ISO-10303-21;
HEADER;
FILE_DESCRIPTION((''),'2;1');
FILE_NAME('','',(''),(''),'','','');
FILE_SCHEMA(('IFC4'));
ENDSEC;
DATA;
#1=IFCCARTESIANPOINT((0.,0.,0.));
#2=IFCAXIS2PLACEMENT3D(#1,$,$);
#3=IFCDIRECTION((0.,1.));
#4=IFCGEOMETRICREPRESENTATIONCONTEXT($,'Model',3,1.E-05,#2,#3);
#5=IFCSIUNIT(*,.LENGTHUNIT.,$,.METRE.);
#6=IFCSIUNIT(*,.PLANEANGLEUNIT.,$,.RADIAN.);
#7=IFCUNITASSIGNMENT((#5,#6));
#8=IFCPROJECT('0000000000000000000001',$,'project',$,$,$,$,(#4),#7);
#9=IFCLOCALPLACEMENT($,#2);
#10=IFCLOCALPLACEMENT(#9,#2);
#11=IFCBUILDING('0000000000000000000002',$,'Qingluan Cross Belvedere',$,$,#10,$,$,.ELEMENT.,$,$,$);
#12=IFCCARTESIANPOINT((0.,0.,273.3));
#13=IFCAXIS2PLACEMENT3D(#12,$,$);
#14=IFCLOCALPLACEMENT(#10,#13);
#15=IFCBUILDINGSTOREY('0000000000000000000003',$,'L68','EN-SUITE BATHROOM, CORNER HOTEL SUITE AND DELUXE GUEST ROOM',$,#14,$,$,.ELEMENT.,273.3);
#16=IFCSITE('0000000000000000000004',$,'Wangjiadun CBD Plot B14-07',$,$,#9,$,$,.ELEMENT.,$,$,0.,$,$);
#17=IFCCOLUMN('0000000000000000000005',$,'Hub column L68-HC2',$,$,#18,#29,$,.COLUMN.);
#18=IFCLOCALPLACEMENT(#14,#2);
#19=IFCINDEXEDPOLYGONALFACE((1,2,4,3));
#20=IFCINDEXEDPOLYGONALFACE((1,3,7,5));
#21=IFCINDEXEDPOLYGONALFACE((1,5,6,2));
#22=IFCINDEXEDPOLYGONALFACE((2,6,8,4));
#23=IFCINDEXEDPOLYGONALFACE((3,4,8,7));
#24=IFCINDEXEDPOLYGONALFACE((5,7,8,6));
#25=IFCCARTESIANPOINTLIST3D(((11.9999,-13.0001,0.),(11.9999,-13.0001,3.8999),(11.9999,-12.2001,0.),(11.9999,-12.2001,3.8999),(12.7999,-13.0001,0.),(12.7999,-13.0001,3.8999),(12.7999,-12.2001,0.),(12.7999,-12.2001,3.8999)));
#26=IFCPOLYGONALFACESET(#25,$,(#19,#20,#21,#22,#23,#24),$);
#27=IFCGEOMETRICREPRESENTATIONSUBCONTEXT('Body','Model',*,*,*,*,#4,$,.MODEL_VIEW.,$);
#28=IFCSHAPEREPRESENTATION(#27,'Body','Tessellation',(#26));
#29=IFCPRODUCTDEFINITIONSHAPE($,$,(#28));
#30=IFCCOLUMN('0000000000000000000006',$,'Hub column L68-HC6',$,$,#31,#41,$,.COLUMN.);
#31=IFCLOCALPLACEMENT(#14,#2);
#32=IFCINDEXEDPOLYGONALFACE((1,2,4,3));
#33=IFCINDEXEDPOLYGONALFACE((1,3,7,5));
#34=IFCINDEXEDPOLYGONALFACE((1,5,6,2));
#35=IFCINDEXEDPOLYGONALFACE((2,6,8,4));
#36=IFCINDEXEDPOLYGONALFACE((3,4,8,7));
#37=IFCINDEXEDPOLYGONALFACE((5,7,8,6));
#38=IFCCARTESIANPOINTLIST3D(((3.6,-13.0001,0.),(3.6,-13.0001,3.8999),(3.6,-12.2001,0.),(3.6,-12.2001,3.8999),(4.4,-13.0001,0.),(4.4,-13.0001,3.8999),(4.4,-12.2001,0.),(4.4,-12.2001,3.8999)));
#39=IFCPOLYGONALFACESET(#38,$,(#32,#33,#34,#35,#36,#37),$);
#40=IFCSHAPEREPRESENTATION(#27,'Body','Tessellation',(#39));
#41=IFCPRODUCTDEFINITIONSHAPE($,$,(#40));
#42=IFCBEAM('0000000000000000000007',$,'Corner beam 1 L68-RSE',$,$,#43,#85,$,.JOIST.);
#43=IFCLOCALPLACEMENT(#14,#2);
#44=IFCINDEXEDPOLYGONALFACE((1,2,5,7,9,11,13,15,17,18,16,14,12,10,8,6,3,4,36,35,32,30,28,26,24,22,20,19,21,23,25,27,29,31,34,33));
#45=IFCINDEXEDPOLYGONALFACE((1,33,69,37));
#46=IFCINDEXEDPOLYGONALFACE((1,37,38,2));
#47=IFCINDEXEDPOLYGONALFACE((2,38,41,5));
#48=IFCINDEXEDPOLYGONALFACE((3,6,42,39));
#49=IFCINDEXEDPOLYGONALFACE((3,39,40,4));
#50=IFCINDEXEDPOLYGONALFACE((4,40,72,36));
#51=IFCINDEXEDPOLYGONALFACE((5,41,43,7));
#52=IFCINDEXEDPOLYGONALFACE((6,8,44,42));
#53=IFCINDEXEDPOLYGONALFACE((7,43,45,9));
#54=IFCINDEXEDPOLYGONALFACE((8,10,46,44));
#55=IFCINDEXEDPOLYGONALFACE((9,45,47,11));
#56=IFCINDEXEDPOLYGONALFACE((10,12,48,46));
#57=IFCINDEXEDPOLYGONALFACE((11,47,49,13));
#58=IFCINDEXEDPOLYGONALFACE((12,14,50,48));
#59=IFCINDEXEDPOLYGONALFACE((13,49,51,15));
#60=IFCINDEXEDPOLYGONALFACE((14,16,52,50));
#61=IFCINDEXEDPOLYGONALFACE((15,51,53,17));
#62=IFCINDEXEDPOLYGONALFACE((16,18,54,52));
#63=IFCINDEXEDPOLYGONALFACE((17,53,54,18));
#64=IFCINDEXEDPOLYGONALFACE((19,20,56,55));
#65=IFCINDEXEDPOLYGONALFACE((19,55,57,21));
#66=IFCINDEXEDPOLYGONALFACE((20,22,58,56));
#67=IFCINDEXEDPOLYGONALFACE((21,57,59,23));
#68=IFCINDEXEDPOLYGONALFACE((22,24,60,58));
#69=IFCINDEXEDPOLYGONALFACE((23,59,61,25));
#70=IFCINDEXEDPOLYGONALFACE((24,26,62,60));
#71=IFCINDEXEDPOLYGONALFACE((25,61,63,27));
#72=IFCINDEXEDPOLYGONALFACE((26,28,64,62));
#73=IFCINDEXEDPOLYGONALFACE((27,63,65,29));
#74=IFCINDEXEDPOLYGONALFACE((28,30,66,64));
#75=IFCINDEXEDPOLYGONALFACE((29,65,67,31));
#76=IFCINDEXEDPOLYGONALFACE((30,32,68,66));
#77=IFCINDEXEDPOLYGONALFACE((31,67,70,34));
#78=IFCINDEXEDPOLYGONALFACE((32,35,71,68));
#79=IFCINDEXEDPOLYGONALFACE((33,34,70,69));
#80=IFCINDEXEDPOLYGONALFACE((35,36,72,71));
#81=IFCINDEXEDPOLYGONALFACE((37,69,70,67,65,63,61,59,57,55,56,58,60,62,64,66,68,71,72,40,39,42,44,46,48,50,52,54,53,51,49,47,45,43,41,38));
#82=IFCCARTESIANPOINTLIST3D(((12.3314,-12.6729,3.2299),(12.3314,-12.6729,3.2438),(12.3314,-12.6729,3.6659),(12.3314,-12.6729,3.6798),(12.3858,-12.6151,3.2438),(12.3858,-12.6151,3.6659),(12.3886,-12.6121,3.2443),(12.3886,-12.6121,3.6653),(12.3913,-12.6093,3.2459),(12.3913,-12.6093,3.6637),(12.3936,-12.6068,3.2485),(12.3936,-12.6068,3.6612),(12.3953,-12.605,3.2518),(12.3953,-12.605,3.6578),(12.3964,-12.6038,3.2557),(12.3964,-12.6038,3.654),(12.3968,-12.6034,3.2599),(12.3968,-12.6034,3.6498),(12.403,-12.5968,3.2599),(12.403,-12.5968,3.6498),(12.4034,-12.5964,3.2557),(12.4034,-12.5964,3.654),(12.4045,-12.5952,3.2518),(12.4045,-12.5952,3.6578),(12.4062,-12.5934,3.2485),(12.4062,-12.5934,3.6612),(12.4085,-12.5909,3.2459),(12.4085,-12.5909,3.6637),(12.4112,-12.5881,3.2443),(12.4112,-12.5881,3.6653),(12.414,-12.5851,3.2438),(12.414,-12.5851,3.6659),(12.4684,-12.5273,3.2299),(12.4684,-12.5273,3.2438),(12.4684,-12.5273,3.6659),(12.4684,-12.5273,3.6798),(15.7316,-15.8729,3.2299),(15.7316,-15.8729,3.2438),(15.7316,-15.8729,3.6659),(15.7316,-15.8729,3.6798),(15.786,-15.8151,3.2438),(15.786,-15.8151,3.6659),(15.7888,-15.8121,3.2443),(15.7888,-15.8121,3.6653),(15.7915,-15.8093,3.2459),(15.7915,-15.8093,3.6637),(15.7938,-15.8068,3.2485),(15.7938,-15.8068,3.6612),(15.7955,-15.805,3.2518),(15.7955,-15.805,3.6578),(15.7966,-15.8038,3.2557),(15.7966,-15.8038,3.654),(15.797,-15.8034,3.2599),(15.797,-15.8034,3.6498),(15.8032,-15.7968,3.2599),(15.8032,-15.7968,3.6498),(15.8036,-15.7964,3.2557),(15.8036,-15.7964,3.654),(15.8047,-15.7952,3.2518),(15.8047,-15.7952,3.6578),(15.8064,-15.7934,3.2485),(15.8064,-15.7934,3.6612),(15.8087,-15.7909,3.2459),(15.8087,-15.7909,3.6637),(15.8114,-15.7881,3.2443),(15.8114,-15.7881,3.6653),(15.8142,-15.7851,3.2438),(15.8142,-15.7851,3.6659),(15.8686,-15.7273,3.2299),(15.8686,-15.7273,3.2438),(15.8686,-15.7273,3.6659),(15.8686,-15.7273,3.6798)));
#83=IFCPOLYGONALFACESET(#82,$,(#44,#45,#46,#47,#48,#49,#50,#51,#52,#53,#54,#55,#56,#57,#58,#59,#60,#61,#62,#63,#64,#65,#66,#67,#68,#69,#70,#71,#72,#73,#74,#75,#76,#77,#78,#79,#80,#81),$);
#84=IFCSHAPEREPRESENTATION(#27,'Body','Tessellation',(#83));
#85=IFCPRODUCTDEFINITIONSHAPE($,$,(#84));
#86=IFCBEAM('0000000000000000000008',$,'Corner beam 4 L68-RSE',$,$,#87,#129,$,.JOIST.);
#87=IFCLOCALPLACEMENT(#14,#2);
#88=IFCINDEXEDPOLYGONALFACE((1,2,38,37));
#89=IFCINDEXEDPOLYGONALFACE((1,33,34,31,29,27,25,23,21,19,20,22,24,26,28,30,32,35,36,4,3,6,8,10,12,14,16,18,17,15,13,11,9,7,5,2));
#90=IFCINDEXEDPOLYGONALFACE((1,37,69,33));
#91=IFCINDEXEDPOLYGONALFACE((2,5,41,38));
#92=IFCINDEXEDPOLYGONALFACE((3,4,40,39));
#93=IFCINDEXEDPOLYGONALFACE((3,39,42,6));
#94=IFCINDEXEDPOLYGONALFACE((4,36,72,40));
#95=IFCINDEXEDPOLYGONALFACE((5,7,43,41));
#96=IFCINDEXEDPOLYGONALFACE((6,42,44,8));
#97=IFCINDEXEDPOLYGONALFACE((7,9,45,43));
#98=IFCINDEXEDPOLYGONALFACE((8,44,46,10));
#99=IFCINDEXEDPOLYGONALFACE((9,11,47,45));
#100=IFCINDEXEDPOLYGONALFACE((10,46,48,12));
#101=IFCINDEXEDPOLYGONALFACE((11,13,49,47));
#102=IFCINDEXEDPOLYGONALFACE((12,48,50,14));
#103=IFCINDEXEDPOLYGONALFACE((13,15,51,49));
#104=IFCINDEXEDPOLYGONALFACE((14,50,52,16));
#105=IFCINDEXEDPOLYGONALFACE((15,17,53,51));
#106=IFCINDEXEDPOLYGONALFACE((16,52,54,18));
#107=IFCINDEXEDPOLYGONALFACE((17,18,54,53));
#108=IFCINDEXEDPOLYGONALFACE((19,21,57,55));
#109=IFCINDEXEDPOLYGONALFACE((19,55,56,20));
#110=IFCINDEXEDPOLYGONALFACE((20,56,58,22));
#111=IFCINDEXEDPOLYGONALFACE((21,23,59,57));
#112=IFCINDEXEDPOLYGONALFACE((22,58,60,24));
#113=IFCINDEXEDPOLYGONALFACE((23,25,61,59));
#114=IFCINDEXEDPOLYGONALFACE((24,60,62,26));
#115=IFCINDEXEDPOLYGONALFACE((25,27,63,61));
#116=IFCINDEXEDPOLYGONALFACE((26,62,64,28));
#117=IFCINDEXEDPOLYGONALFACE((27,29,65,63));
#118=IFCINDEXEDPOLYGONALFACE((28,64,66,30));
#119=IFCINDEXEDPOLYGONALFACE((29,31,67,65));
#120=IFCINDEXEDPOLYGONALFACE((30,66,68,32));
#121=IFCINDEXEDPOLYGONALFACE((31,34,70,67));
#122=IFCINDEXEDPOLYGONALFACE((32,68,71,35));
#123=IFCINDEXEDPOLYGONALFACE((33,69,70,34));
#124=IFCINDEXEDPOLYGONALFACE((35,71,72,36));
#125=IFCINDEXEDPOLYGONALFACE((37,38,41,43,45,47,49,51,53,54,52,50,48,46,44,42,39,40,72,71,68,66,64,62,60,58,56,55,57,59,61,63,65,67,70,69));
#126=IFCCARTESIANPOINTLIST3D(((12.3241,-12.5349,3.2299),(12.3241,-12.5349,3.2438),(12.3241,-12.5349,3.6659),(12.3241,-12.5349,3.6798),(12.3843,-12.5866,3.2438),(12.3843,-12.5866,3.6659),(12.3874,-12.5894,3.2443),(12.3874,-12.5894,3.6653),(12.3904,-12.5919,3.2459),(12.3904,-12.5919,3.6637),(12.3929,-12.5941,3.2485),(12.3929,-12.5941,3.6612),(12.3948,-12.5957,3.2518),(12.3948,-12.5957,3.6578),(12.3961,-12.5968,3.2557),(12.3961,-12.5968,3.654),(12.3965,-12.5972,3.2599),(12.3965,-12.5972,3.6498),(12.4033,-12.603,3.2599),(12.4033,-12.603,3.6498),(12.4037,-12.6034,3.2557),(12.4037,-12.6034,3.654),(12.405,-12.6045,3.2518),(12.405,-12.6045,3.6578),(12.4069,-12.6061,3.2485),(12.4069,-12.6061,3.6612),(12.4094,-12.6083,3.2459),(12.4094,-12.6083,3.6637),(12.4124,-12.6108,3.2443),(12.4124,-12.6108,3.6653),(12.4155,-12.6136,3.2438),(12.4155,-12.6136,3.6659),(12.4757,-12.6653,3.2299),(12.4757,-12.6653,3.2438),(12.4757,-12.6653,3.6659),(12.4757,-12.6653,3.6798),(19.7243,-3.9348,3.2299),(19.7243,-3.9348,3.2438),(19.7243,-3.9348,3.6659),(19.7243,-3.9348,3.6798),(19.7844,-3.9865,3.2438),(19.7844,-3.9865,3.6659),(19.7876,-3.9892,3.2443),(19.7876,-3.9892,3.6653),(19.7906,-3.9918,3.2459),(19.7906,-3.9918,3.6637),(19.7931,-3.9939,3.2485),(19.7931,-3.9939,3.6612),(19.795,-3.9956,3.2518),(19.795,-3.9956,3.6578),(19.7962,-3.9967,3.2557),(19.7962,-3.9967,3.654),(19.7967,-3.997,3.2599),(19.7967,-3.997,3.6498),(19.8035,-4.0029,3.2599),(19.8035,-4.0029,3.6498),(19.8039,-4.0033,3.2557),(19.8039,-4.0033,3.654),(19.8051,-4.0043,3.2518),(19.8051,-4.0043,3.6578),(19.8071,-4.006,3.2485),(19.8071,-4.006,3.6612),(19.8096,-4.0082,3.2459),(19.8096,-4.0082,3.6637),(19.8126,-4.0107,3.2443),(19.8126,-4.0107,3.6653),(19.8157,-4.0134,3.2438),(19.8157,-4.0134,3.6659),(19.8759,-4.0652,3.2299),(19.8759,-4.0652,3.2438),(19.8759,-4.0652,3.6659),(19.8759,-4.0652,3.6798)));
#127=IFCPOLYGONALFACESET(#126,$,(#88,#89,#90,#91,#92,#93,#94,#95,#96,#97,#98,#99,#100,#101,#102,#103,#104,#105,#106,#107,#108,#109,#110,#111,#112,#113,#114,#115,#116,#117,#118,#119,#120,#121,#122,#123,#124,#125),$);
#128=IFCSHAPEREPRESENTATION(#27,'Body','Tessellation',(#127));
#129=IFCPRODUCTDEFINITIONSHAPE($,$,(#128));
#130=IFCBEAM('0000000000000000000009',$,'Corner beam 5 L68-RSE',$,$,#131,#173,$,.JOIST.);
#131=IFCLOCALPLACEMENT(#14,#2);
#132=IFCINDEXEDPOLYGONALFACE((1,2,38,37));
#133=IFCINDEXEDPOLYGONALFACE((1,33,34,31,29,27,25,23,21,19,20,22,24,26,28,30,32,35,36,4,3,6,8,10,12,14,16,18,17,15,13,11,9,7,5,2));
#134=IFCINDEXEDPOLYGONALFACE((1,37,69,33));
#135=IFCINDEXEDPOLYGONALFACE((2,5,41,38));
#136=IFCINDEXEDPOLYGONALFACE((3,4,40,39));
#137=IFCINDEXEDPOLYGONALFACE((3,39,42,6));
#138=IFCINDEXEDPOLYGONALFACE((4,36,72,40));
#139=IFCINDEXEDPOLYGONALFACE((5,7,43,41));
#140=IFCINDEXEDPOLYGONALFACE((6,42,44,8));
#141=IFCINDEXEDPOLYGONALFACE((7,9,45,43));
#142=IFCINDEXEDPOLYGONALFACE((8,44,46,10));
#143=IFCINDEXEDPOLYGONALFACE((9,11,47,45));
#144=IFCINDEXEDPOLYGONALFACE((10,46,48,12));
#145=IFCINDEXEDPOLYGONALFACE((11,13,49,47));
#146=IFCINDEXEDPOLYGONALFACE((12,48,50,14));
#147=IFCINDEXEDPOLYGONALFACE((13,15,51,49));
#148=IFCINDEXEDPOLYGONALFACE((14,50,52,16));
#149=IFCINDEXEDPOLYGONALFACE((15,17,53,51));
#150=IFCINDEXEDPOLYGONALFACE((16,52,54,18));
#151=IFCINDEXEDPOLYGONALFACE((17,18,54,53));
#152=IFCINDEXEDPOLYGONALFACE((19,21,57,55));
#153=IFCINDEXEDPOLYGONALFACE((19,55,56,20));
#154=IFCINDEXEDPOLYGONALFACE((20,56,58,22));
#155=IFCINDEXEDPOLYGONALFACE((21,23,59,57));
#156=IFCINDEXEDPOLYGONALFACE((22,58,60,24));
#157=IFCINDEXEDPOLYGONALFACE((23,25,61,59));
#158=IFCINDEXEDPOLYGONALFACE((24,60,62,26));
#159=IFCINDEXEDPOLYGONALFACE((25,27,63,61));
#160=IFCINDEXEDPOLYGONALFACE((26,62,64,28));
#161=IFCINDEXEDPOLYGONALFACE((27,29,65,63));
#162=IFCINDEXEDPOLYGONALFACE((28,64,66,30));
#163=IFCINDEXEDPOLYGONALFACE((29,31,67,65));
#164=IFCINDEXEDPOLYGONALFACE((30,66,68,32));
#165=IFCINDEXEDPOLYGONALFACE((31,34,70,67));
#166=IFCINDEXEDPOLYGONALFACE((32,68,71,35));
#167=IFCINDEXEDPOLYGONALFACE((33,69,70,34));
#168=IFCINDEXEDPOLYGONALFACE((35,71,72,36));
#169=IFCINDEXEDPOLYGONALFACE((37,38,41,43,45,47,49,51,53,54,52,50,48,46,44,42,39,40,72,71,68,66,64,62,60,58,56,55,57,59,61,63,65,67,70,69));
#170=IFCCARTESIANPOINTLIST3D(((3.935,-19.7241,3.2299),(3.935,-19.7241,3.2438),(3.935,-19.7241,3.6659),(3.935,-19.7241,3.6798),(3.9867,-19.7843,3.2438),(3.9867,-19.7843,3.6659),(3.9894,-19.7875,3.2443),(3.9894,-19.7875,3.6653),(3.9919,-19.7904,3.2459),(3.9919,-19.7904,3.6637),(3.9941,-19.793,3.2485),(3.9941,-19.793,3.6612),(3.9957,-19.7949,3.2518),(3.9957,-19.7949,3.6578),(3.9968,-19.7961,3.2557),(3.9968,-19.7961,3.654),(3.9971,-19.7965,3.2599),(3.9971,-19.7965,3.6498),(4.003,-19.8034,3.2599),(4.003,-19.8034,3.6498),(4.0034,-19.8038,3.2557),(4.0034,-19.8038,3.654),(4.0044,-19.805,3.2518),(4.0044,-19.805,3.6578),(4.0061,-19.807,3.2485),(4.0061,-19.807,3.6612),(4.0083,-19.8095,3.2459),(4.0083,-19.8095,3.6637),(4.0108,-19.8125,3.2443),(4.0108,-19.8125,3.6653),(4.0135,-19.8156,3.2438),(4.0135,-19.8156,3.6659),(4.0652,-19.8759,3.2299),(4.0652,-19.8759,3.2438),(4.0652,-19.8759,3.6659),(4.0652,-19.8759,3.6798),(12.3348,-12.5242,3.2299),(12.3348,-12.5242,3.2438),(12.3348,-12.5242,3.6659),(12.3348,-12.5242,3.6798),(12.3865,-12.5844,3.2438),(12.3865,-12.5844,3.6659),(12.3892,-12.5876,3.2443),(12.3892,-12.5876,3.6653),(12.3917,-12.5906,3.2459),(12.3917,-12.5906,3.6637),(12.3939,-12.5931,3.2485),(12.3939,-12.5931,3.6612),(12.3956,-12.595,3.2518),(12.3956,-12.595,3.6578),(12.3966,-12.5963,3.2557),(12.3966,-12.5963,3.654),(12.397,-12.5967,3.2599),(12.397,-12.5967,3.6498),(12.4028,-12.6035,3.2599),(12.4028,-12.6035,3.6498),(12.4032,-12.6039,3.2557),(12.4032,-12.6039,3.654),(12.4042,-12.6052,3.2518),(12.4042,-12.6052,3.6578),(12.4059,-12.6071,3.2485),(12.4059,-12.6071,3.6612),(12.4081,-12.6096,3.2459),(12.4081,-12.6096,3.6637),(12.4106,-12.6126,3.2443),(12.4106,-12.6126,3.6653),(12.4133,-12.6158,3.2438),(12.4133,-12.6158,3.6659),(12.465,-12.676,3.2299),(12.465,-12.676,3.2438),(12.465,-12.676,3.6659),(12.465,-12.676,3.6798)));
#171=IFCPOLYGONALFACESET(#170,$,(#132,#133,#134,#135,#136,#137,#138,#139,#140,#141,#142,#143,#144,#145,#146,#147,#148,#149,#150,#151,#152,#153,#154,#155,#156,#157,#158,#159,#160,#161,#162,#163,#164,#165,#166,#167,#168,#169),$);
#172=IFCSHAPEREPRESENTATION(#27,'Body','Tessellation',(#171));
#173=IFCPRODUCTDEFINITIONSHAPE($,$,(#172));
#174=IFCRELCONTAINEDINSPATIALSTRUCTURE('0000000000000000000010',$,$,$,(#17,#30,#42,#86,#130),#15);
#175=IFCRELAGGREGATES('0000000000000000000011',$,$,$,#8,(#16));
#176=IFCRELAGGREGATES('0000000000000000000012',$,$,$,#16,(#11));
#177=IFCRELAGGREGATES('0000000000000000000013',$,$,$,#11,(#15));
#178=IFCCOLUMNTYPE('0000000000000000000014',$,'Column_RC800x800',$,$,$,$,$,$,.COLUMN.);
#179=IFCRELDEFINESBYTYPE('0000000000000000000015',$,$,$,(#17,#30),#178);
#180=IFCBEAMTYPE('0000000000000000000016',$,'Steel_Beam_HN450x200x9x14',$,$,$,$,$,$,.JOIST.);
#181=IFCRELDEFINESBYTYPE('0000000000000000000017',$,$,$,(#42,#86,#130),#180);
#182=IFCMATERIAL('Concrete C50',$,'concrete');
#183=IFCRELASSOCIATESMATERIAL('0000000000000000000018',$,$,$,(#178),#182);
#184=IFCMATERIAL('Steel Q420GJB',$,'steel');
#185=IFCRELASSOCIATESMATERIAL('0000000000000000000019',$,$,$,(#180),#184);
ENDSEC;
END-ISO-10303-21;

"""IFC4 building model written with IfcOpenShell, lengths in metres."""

from ifc_helpers import new_model, si_unit, direction, frame, origin, origin_2d, place, context, subcontext, project, spatial, rectangle, i_section, extrude, material, material_profile, profile_set, type_object, element, save


model = new_model("IFC4")

# Units and contexts
model_context = context("Model", 3, precision=1e-05, world=origin(), true_north=direction((0.0, 1.0)))
body_context = subcontext(model_context, "Body", "Model", "MODEL_VIEW")
ifc_project = project(units=[si_unit("LENGTHUNIT", "METRE"), si_unit("PLANEANGLEUNIT", "RADIAN")], contexts=[model_context])

# Site, building, storey
site_placement = place(None, origin())
site = spatial("IfcSite", under=ifc_project, at=site_placement, Name="Wangjiadun CBD Plot B14-07", CompositionType="ELEMENT", RefElevation=0.0)
building_placement = place(site_placement, origin())
building = spatial("IfcBuilding", under=site, at=building_placement, Name="Qingluan Cross Belvedere", CompositionType="ELEMENT")
storey_placement = place(building_placement, frame((0.0, 0.0, 273.3)))
storey = spatial("IfcBuildingStorey", under=building, at=storey_placement, Name="L68", Description="EN-SUITE BATHROOM, CORNER HOTEL SUITE AND DELUXE GUEST ROOM", CompositionType="ELEMENT", Elevation=273.3)

# Columns
ifc_material_1 = material(Name="Concrete C50", Category="concrete")
ifc_material_profile_1 = material_profile(ifc_material_1, rectangle(XDim=0.8, YDim=0.8, at=origin_2d()), Name="RC800x800")
ifc_profile_set_1 = profile_set([ifc_material_profile_1], Name="Concrete C50")
column_type = type_object("IfcColumnType", Name="Column_RC800x800", PredefinedType="COLUMN", material=ifc_profile_set_1)
for number, where, z_axis, x_axis, name in (
    (1, (12.3999, -12.6001, 0.0), (0.0, 0.0, 1.0), (1.0, 0.0, 0.0), "Hub column L68-HC2"),
    (2, (4.0, -12.6001, 0.0), (0.0, 0.0, 1.0), (1.0, 0.0, 0.0), "Hub column L68-HC6"),
):
    element("IfcColumn", number, at=place(storey_placement, frame(where, z_axis=z_axis, x_axis=x_axis)), inside=storey, type_object=column_type, Name=name, PredefinedType="COLUMN", context=body_context, shape_type="SweptSolid", body=[
        extrude(rectangle(XDim=0.8, YDim=0.8, at=origin_2d()), origin(), (0.0, 0.0, 1.0), 3.8999),
    ])

# Beams
ifc_material_2 = material(Name="Steel Q420GJB", Category="steel")
ifc_material_profile_2 = material_profile(ifc_material_2, i_section(OverallWidth=0.2, OverallDepth=0.45, WebThickness=0.009, FlangeThickness=0.0139, FilletRadius=0.0161, at=origin_2d()), Name="HN450x200x9x14")
ifc_profile_set_2 = profile_set([ifc_material_profile_2], Name="Steel Q420GJB")
beam_type_1 = type_object("IfcBeamType", Name="Steel_Beam_HN450x200x9x14", PredefinedType="JOIST", material=ifc_profile_set_2)
beam_1_placement = place(storey_placement, frame((12.3999, -12.6001, 3.4548), z_axis=(0.72822, -0.685343, 0.0), x_axis=(0.685343, 0.72822, 0.0)))
element("IfcBeam", 3, at=beam_1_placement, inside=storey, type_object=beam_type_1, Name="Corner beam 1 L68-RSE", PredefinedType="JOIST", context=body_context, shape_type="SweptSolid", body=[
    extrude(i_section(OverallWidth=0.2, OverallDepth=0.45, WebThickness=0.009, FlangeThickness=0.0139, FilletRadius=0.0161, at=origin_2d()), origin(), (0.0, 0.0, 1.0), 4.6692),
])
beam_2_placement = place(storey_placement, frame((12.3999, -12.6001, 3.4548), z_axis=(0.652245, 0.758008, 0.0), x_axis=(-0.758008, 0.652245, 0.0)))
element("IfcBeam", 4, at=beam_2_placement, inside=storey, type_object=beam_type_1, Name="Corner beam 4 L68-RSE", PredefinedType="JOIST", context=body_context, shape_type="SweptSolid", body=[
    extrude(i_section(OverallWidth=0.2, OverallDepth=0.45, WebThickness=0.009, FlangeThickness=0.0139, FilletRadius=0.0161, at=origin_2d()), origin(), (0.0, 0.0, 1.0), 11.3457),
])
beam_3_placement = place(storey_placement, frame((12.3999, -12.6001, 3.4548), z_axis=(-0.759255, -0.650793, 0.0), x_axis=(0.650793, -0.759255, 0.0)))
element("IfcBeam", 5, at=beam_3_placement, inside=storey, type_object=beam_type_1, Name="Corner beam 5 L68-RSE", PredefinedType="JOIST", context=body_context, shape_type="SweptSolid", body=[
    extrude(i_section(OverallWidth=0.2, OverallDepth=0.45, WebThickness=0.009, FlangeThickness=0.0139, FilletRadius=0.0161, at=origin_2d()), origin(), (0.0, 0.0, 1.0), 11.0632),
])

save(model, "model.ifc")
